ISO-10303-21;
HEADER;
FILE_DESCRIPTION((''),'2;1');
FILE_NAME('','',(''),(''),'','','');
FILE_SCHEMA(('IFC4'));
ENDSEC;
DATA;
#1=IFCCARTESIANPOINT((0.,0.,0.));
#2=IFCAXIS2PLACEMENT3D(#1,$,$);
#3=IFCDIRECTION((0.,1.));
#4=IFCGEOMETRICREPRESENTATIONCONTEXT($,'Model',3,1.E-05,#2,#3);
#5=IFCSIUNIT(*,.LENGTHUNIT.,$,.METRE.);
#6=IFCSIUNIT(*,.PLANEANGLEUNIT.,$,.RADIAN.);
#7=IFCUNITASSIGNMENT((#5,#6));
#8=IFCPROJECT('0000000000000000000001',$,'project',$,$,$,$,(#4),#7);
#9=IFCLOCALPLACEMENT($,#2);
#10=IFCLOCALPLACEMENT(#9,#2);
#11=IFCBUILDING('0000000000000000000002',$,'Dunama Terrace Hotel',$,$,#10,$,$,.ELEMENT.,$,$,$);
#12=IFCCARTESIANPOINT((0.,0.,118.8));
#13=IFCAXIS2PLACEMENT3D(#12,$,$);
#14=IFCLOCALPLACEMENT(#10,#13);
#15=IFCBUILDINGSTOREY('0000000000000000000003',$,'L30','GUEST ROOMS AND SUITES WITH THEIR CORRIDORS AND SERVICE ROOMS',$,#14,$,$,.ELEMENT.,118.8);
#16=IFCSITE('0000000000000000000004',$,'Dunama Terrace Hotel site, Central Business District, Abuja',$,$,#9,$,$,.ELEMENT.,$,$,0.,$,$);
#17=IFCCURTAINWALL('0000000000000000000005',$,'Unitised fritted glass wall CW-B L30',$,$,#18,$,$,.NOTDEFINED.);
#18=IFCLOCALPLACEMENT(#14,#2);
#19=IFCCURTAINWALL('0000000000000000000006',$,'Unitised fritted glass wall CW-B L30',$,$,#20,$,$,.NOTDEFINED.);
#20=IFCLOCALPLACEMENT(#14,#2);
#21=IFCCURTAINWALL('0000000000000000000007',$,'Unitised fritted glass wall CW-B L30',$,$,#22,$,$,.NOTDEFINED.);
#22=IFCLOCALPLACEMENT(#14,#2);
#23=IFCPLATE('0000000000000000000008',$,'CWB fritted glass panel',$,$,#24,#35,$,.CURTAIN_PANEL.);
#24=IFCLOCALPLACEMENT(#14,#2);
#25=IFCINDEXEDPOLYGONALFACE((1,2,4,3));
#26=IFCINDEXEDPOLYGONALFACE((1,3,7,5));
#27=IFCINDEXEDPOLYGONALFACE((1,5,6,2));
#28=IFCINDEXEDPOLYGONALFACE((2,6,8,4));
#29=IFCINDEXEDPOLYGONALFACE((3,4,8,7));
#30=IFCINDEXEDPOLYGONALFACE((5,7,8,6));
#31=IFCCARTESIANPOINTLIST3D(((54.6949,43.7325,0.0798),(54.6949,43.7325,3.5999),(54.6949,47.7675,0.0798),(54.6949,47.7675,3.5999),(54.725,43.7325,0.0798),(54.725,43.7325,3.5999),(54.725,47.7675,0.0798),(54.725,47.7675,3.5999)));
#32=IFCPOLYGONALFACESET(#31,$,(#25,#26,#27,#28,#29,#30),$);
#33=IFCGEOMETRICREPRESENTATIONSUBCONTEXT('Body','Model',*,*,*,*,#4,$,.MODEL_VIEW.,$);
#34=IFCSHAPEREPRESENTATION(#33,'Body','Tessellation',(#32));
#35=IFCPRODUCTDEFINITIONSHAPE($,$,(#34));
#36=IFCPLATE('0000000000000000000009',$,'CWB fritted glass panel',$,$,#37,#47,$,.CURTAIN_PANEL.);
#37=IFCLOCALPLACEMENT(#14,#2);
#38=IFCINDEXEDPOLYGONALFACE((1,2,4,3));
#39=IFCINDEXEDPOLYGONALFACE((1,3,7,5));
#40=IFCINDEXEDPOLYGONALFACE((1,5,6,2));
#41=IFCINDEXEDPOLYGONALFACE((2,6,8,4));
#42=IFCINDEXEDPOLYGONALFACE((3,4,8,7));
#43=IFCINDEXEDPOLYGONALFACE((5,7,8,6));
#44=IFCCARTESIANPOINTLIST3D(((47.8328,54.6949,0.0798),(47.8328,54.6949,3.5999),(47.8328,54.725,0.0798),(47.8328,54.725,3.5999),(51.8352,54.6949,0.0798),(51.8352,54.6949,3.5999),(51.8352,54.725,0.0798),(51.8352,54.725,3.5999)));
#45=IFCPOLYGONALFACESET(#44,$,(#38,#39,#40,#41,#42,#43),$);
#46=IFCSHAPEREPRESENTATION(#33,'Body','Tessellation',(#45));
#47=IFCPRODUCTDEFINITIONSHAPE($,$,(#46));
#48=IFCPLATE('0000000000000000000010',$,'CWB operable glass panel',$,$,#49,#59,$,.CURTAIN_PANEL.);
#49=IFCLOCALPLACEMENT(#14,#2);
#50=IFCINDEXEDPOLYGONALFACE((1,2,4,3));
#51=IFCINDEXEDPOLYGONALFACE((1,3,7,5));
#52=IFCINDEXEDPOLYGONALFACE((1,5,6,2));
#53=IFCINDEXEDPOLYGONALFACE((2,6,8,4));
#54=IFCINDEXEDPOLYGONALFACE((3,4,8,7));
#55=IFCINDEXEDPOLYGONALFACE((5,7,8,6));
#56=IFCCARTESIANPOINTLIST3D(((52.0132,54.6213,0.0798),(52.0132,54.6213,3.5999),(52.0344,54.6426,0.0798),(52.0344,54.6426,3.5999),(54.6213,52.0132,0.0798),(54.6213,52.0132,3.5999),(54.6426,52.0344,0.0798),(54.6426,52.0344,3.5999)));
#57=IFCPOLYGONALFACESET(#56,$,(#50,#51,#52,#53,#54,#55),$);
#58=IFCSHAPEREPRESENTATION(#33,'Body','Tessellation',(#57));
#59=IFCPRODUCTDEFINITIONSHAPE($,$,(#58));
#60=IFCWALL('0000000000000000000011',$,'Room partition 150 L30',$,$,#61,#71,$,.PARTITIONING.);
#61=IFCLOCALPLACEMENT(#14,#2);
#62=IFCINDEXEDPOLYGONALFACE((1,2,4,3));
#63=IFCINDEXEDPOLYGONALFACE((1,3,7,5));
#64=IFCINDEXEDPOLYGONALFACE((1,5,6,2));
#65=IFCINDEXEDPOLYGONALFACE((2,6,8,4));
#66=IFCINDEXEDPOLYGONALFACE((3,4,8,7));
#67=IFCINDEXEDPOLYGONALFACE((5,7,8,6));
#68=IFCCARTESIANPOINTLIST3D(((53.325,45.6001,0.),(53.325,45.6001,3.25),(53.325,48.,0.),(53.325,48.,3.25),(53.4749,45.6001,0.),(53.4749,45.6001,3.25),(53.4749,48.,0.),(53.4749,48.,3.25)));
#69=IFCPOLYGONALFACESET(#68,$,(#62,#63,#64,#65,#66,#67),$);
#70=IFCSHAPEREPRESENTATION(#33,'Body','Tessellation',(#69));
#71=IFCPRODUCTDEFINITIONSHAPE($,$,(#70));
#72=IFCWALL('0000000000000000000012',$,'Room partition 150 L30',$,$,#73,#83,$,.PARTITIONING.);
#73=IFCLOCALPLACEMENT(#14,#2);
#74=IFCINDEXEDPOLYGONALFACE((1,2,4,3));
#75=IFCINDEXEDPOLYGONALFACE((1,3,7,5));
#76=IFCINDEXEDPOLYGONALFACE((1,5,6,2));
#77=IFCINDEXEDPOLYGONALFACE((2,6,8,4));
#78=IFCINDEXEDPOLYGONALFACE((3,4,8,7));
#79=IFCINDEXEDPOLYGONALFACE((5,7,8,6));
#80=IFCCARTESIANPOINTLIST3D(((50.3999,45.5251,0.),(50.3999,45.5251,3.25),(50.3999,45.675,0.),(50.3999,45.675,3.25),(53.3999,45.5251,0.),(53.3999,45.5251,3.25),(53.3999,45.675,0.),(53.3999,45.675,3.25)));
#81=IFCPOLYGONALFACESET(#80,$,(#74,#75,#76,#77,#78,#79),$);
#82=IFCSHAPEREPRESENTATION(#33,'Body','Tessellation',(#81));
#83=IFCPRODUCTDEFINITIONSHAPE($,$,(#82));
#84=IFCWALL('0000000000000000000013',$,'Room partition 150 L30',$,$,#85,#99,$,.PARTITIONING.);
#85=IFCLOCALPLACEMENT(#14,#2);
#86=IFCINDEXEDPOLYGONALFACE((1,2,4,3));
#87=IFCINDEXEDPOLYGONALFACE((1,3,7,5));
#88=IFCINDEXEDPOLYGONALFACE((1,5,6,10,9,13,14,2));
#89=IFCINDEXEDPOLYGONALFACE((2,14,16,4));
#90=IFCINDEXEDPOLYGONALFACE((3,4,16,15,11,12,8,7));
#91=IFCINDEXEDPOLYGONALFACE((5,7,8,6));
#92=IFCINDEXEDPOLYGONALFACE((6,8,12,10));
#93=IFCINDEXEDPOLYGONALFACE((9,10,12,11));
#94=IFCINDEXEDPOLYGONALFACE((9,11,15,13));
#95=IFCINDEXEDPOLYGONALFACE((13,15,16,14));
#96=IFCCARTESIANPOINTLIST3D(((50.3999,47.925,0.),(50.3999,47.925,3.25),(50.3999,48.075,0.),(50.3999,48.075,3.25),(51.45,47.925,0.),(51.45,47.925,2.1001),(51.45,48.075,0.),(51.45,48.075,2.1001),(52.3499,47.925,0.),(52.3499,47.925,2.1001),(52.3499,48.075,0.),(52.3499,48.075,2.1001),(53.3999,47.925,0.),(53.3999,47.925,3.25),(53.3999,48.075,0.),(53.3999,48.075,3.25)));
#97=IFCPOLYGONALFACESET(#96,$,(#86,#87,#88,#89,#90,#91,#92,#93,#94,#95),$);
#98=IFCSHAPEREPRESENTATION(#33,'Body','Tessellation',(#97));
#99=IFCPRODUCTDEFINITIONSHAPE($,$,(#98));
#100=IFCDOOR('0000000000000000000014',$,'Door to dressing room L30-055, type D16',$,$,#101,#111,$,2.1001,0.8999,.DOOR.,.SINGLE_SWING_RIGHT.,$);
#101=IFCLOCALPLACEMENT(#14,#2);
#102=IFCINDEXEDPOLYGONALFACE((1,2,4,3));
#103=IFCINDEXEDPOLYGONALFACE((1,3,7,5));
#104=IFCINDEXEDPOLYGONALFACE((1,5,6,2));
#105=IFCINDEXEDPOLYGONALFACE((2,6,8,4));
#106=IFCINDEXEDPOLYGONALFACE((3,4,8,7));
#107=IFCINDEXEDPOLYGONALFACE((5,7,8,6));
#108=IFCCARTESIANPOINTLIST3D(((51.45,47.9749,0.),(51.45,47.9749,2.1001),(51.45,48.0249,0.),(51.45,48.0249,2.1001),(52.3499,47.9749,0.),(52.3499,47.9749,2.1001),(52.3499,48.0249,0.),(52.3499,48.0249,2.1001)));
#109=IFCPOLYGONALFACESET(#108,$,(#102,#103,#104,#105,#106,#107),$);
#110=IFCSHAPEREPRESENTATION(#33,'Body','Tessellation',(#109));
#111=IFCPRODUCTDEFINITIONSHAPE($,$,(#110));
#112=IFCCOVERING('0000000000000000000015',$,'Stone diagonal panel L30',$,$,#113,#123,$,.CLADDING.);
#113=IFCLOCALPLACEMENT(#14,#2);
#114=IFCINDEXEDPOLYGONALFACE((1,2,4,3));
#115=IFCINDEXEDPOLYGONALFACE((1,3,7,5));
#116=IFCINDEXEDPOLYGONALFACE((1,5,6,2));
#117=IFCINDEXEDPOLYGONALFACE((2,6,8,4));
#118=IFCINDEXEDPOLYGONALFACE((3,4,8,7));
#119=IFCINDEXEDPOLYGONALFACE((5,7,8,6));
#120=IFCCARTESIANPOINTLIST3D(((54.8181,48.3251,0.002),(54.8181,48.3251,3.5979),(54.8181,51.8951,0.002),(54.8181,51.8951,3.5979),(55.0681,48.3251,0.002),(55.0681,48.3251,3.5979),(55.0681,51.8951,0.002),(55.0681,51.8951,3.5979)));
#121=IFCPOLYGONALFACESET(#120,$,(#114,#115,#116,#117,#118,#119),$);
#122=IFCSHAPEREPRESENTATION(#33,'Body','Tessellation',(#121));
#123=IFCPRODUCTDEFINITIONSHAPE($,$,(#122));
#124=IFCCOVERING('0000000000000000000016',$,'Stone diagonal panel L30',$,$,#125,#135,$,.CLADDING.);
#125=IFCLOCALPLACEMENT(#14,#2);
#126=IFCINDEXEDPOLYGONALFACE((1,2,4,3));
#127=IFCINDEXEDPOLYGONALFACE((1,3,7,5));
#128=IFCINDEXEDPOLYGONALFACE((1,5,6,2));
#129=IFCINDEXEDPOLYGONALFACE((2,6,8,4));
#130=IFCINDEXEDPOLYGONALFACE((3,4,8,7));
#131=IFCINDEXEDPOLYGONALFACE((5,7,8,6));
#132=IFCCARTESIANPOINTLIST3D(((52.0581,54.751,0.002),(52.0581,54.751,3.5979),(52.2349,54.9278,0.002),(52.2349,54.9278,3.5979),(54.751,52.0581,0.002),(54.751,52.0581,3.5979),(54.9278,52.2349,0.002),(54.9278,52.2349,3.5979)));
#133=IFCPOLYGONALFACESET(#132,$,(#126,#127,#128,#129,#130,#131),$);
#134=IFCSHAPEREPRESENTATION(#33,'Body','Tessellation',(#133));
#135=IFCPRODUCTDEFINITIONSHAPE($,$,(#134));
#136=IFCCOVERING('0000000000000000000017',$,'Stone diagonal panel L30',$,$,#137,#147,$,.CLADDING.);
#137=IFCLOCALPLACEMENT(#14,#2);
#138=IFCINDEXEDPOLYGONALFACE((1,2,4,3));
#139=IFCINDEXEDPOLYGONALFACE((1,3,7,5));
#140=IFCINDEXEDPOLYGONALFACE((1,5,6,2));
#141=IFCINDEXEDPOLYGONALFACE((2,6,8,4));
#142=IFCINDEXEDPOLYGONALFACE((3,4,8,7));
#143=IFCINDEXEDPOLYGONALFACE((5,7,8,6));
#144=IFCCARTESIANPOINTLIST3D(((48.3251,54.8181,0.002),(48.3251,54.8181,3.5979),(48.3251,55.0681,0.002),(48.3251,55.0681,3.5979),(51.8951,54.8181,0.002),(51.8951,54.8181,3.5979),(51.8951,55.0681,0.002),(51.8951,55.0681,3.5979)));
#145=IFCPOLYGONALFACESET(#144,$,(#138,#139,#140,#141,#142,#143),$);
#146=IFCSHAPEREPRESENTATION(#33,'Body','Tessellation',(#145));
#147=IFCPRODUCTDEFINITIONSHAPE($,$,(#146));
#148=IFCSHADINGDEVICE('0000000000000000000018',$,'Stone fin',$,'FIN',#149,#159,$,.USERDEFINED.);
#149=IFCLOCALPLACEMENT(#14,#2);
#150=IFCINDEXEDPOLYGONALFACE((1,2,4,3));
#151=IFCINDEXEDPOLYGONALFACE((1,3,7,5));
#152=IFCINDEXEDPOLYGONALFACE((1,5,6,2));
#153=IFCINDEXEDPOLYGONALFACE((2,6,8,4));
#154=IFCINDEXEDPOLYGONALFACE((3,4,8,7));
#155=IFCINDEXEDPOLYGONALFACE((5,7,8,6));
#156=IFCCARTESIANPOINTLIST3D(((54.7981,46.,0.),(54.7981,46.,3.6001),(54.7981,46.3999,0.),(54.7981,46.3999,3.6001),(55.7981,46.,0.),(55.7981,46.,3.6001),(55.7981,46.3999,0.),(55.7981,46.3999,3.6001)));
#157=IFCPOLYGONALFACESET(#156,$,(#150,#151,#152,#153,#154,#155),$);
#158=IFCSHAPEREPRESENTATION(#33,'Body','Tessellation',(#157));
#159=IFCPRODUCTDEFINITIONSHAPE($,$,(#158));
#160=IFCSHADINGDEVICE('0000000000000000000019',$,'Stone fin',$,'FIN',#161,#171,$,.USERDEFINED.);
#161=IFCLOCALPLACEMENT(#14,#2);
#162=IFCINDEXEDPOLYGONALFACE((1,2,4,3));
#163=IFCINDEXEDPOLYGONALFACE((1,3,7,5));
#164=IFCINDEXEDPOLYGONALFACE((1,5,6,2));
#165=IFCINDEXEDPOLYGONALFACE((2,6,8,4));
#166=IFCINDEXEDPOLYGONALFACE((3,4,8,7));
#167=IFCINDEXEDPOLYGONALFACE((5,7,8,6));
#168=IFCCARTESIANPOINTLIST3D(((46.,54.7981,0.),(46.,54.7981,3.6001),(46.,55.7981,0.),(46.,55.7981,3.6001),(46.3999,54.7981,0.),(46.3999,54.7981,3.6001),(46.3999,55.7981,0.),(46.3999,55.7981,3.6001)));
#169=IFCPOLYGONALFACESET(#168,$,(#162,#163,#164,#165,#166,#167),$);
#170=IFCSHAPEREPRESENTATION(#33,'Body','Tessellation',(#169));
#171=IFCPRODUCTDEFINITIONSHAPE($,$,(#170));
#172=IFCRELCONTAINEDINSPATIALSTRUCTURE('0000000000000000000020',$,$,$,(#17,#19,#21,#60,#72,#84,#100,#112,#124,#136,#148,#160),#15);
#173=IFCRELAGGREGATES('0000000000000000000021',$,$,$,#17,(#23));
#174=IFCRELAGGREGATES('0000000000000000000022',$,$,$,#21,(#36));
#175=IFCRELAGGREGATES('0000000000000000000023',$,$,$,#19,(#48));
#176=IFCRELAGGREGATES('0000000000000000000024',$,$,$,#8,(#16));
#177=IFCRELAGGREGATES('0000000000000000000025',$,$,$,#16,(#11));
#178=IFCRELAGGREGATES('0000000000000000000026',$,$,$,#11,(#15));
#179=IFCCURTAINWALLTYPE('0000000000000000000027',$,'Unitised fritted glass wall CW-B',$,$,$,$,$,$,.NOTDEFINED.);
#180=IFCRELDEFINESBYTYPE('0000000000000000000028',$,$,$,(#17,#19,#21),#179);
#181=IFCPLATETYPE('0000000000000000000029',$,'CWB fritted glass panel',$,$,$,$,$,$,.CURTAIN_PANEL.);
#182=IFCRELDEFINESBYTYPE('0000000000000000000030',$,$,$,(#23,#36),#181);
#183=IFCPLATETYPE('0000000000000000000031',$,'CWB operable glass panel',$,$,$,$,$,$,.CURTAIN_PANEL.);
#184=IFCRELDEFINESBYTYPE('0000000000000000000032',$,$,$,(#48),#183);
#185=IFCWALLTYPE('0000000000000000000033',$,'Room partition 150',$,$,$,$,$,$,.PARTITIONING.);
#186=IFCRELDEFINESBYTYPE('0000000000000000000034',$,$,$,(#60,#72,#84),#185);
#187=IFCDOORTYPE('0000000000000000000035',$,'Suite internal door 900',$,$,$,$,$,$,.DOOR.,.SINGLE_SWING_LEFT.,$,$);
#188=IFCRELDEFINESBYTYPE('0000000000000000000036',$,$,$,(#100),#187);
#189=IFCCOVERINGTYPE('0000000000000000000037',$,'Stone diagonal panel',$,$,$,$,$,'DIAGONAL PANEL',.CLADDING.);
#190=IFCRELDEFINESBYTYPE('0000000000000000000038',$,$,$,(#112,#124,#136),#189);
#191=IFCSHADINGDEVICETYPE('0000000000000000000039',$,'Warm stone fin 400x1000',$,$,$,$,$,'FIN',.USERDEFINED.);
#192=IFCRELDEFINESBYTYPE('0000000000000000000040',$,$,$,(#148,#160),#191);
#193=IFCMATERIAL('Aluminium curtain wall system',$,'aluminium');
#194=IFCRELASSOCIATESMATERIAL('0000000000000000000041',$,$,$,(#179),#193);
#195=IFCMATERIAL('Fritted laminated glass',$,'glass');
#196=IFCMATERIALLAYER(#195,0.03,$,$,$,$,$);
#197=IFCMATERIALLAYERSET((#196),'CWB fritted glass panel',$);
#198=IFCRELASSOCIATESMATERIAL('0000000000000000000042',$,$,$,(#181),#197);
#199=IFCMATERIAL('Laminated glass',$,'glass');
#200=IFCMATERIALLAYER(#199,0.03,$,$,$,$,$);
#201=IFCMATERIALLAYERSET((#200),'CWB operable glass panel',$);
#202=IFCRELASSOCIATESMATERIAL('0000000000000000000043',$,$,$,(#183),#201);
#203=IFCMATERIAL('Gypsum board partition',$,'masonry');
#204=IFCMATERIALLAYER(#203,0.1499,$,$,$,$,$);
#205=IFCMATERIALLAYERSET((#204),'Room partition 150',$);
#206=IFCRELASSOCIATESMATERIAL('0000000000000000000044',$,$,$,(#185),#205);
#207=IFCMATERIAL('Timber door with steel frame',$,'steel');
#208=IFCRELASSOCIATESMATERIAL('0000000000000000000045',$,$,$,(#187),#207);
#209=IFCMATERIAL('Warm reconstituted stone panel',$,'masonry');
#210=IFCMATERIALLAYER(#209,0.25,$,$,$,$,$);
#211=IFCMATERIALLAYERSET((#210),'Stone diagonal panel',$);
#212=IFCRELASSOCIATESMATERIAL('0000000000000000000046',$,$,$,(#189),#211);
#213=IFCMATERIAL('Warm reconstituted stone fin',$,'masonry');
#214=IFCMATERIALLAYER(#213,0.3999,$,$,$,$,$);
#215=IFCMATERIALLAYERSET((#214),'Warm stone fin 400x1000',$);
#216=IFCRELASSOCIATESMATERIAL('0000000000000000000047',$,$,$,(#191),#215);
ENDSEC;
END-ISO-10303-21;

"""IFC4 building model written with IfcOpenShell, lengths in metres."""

from ifc_helpers import new_model, si_unit, direction, frame, frame_2d, origin, origin_2d, place, context, subcontext, project, spatial, rectangle, extrude, material, layer, layer_set, type_object, element, fill, aggregate, save


model = new_model("IFC4")

# Units and contexts
model_context = context("Model", 3, precision=1e-05, world=origin(), true_north=direction((0.0, 1.0)))
body_context = subcontext(model_context, "Body", "Model", "MODEL_VIEW")
ifc_project = project(units=[si_unit("LENGTHUNIT", "METRE"), si_unit("PLANEANGLEUNIT", "RADIAN")], contexts=[model_context])

# Site, building, storey
site_placement = place(None, origin())
site = spatial("IfcSite", under=ifc_project, at=site_placement, Name="Dunama Terrace Hotel site, Central Business District, Abuja", CompositionType="ELEMENT", RefElevation=0.0)
building_placement = place(site_placement, origin())
building = spatial("IfcBuilding", under=site, at=building_placement, Name="Dunama Terrace Hotel", CompositionType="ELEMENT")
storey_placement = place(building_placement, frame((0.0, 0.0, 118.8)))
storey = spatial("IfcBuildingStorey", under=building, at=storey_placement, Name="L30", Description="GUEST ROOMS AND SUITES WITH THEIR CORRIDORS AND SERVICE ROOMS", CompositionType="ELEMENT", Elevation=118.8)

# Curtain walls
ifc_material_1 = material(Name="Aluminium curtain wall system", Category="aluminium")
curtain_wall_type = type_object("IfcCurtainWallType", Name="Unitised fritted glass wall CW-B", PredefinedType="NOTDEFINED", material=ifc_material_1)
curtain_wall_1_placement = place(storey_placement, origin())
curtain_wall_1 = element("IfcCurtainWall", 1, at=curtain_wall_1_placement, inside=storey, type_object=curtain_wall_type, Name="Unitised fritted glass wall CW-B L30", PredefinedType="NOTDEFINED")
curtain_wall_2_placement = place(storey_placement, origin())
curtain_wall_2 = element("IfcCurtainWall", 2, at=curtain_wall_2_placement, inside=storey, type_object=curtain_wall_type, Name="Unitised fritted glass wall CW-B L30", PredefinedType="NOTDEFINED")
curtain_wall_3_placement = place(storey_placement, origin())
curtain_wall_3 = element("IfcCurtainWall", 3, at=curtain_wall_3_placement, inside=storey, type_object=curtain_wall_type, Name="Unitised fritted glass wall CW-B L30", PredefinedType="NOTDEFINED")

# Plates
ifc_material_2 = material(Name="Fritted laminated glass", Category="glass")
ifc_layer_1 = layer(ifc_material_2, 0.03)
ifc_layer_set_1 = layer_set([ifc_layer_1], Name="CWB fritted glass panel")
plate_type_1 = type_object("IfcPlateType", Name="CWB fritted glass panel", PredefinedType="CURTAIN_PANEL", material=ifc_layer_set_1)
plate_1_placement = place(storey_placement, frame((54.71, 45.75, 0.0798), z_axis=(0.0, 0.0, 1.0), x_axis=(0.0, 1.0, 0.0)))
plate_1 = element("IfcPlate", 4, at=plate_1_placement, type_object=plate_type_1, Name="CWB fritted glass panel", PredefinedType="CURTAIN_PANEL", context=body_context, shape_type="SweptSolid", body=[
    extrude(rectangle(XDim=4.0349, YDim=0.03, at=origin_2d()), origin(), (0.0, 0.0, 1.0), 3.52),
])
aggregate(curtain_wall_1, [plate_1])
plate_2_placement = place(storey_placement, frame((49.834, 54.71, 0.0798), z_axis=(0.0, 0.0, 1.0), x_axis=(-1.0, 0.0, 0.0)))
plate_2 = element("IfcPlate", 5, at=plate_2_placement, type_object=plate_type_1, Name="CWB fritted glass panel", PredefinedType="CURTAIN_PANEL", context=body_context, shape_type="SweptSolid", body=[
    extrude(rectangle(XDim=4.0024, YDim=0.03, at=origin_2d()), origin(), (0.0, 0.0, 1.0), 3.52),
])
aggregate(curtain_wall_3, [plate_2])
ifc_material_3 = material(Name="Laminated glass", Category="glass")
ifc_layer_2 = layer(ifc_material_3, 0.03)
ifc_layer_set_2 = layer_set([ifc_layer_2], Name="CWB operable glass panel")
plate_type_2 = type_object("IfcPlateType", Name="CWB operable glass panel", PredefinedType="CURTAIN_PANEL", material=ifc_layer_set_2)
plate_3_placement = place(storey_placement, frame((53.3279, 53.3279, 0.0798), z_axis=(0.0, 0.0, 1.0), x_axis=(-0.707107, 0.707107, 0.0)))
plate_3 = element("IfcPlate", 6, at=plate_3_placement, type_object=plate_type_2, Name="CWB operable glass panel", PredefinedType="CURTAIN_PANEL", context=body_context, shape_type="SweptSolid", body=[
    extrude(rectangle(XDim=3.6885, YDim=0.03, at=origin_2d()), origin(), (0.0, 0.0, 1.0), 3.52),
])
aggregate(curtain_wall_2, [plate_3])

# Walls
ifc_material_4 = material(Name="Gypsum board partition", Category="masonry")
ifc_layer_3 = layer(ifc_material_4, 0.1499)
ifc_layer_set_3 = layer_set([ifc_layer_3], Name="Room partition 150")
wall_type = type_object("IfcWallType", Name="Room partition 150", PredefinedType="PARTITIONING", material=ifc_layer_set_3)
wall_1_placement = place(storey_placement, frame((53.3999, 45.6001, 0.0), z_axis=(0.0, 0.0, 1.0), x_axis=(0.0, 1.0, 0.0)))
element("IfcWall", 7, at=wall_1_placement, inside=storey, type_object=wall_type, Name="Room partition 150 L30", PredefinedType="PARTITIONING", context=body_context, shape_type="SweptSolid", body=[
    extrude(rectangle(XDim=2.3999, YDim=0.1499, at=frame_2d((1.2, 0.0))), origin(), (0.0, 0.0, 1.0), 3.25),
])
wall_2_placement = place(storey_placement, frame((50.3999, 45.6001, 0.0), z_axis=(0.0, 0.0, 1.0), x_axis=(1.0, 0.0, 0.0)))
element("IfcWall", 8, at=wall_2_placement, inside=storey, type_object=wall_type, Name="Room partition 150 L30", PredefinedType="PARTITIONING", context=body_context, shape_type="SweptSolid", body=[
    extrude(rectangle(XDim=3.0, YDim=0.1499, at=frame_2d((1.5, 0.0))), origin(), (0.0, 0.0, 1.0), 3.25),
])

# Wall, opening, door
wall_3_placement = place(storey_placement, frame((50.3999, 48.0, 0.0), z_axis=(0.0, 0.0, 1.0), x_axis=(1.0, 0.0, 0.0)))
wall_3 = element("IfcWall", 9, at=wall_3_placement, inside=storey, type_object=wall_type, Name="Room partition 150 L30", PredefinedType="PARTITIONING", context=body_context, shape_type="SweptSolid", body=[
    extrude(rectangle(XDim=3.0, YDim=0.1499, at=frame_2d((1.5, 0.0))), origin(), (0.0, 0.0, 1.0), 3.25),
])
opening_placement = place(wall_3_placement, frame((1.05, 0.0, 0.0)))
opening = element("IfcOpeningElement", 10, at=opening_placement, cuts=wall_3, PredefinedType="OPENING", context=body_context, shape_type="SweptSolid", body=[
    extrude(rectangle(XDim=0.8999, YDim=2.1001, at=frame_2d((0.45, 1.05))), frame((0.0, 0.085, 0.0), z_axis=(0.0, -1.0, 0.0), x_axis=(1.0, 0.0, 0.0)), (0.0, 0.0, 1.0), 0.1699),
])
ifc_material_5 = material(Name="Timber door with steel frame", Category="steel")
door_type = type_object("IfcDoorType", Name="Suite internal door 900", OperationType="SINGLE_SWING_LEFT", PredefinedType="DOOR", material=ifc_material_5)
door_placement = place(opening_placement, frame((0.8999, 0.0, 0.0), z_axis=(0.0, 0.0, 1.0), x_axis=(-1.0, 0.0, 0.0)))
door = element("IfcDoor", 11, at=door_placement, inside=storey, type_object=door_type, Name="Door to dressing room L30-055, type D16", OperationType="SINGLE_SWING_RIGHT", OverallHeight=2.1001, OverallWidth=0.8999, PredefinedType="DOOR", context=body_context, shape_type="SweptSolid", body=[
    extrude(rectangle(XDim=0.8999, YDim=2.1001, at=frame_2d((0.45, 1.05))), frame((0.0, 0.0251, 0.0), z_axis=(0.0, -1.0, 0.0), x_axis=(1.0, 0.0, 0.0)), (0.0, 0.0, 1.0), 0.05),
])
fill(opening, door)

# Coverings
ifc_material_6 = material(Name="Warm reconstituted stone panel", Category="masonry")
ifc_layer_4 = layer(ifc_material_6, 0.25)
ifc_layer_set_4 = layer_set([ifc_layer_4], Name="Stone diagonal panel")
covering_type = type_object("IfcCoveringType", Name="Stone diagonal panel", ElementType="DIAGONAL PANEL", PredefinedType="CLADDING", material=ifc_layer_set_4)
covering_1_placement = place(storey_placement, frame((54.9431, 50.1101, 0.002), z_axis=(0.0, 0.0, 1.0), x_axis=(0.0, 1.0, 0.0)))
element("IfcCovering", 12, at=covering_1_placement, inside=storey, type_object=covering_type, Name="Stone diagonal panel L30", PredefinedType="CLADDING", context=body_context, shape_type="SweptSolid", body=[
    extrude(rectangle(XDim=3.5701, YDim=0.25, at=origin_2d()), origin(), (0.0, 0.0, 1.0), 3.5959),
])
covering_2_placement = place(storey_placement, frame((53.4929, 53.4929, 0.002), z_axis=(0.0, 0.0, 1.0), x_axis=(-0.707107, 0.707107, 0.0)))
element("IfcCovering", 13, at=covering_2_placement, inside=storey, type_object=covering_type, Name="Stone diagonal panel L30", PredefinedType="CLADDING", context=body_context, shape_type="SweptSolid", body=[
    extrude(rectangle(XDim=3.8083, YDim=0.25, at=origin_2d()), origin(), (0.0, 0.0, 1.0), 3.5959),
])
covering_3_placement = place(storey_placement, frame((50.1101, 54.9431, 0.002), z_axis=(0.0, 0.0, 1.0), x_axis=(-1.0, 0.0, 0.0)))
element("IfcCovering", 14, at=covering_3_placement, inside=storey, type_object=covering_type, Name="Stone diagonal panel L30", PredefinedType="CLADDING", context=body_context, shape_type="SweptSolid", body=[
    extrude(rectangle(XDim=3.5701, YDim=0.25, at=origin_2d()), origin(), (0.0, 0.0, 1.0), 3.5959),
])

# Shading devices
ifc_material_7 = material(Name="Warm reconstituted stone fin", Category="masonry")
ifc_layer_5 = layer(ifc_material_7, 0.3999)
ifc_layer_set_5 = layer_set([ifc_layer_5], Name="Warm stone fin 400x1000")
shading_device_type = type_object("IfcShadingDeviceType", Name="Warm stone fin 400x1000", ElementType="FIN", PredefinedType="USERDEFINED", material=ifc_layer_set_5)
for number, where, z_axis, x_axis, name in (
    (15, (55.2981, 46.2, 0.0), (0.0, 0.0, 1.0), (0.0, 1.0, 0.0), "Stone fin"),
    (16, (46.2, 55.2981, 0.0), (0.0, 0.0, 1.0), (-1.0, 0.0, 0.0), "Stone fin"),
):
    element("IfcShadingDevice", number, at=place(storey_placement, frame(where, z_axis=z_axis, x_axis=x_axis)), inside=storey, type_object=shading_device_type, Name=name, ObjectType="FIN", PredefinedType="USERDEFINED", context=body_context, shape_type="SweptSolid", body=[
        extrude(rectangle(XDim=0.3999, YDim=1.0, at=origin_2d()), origin(), (0.0, 0.0, 1.0), 3.6001),
    ])

save(model, "model.ifc")
